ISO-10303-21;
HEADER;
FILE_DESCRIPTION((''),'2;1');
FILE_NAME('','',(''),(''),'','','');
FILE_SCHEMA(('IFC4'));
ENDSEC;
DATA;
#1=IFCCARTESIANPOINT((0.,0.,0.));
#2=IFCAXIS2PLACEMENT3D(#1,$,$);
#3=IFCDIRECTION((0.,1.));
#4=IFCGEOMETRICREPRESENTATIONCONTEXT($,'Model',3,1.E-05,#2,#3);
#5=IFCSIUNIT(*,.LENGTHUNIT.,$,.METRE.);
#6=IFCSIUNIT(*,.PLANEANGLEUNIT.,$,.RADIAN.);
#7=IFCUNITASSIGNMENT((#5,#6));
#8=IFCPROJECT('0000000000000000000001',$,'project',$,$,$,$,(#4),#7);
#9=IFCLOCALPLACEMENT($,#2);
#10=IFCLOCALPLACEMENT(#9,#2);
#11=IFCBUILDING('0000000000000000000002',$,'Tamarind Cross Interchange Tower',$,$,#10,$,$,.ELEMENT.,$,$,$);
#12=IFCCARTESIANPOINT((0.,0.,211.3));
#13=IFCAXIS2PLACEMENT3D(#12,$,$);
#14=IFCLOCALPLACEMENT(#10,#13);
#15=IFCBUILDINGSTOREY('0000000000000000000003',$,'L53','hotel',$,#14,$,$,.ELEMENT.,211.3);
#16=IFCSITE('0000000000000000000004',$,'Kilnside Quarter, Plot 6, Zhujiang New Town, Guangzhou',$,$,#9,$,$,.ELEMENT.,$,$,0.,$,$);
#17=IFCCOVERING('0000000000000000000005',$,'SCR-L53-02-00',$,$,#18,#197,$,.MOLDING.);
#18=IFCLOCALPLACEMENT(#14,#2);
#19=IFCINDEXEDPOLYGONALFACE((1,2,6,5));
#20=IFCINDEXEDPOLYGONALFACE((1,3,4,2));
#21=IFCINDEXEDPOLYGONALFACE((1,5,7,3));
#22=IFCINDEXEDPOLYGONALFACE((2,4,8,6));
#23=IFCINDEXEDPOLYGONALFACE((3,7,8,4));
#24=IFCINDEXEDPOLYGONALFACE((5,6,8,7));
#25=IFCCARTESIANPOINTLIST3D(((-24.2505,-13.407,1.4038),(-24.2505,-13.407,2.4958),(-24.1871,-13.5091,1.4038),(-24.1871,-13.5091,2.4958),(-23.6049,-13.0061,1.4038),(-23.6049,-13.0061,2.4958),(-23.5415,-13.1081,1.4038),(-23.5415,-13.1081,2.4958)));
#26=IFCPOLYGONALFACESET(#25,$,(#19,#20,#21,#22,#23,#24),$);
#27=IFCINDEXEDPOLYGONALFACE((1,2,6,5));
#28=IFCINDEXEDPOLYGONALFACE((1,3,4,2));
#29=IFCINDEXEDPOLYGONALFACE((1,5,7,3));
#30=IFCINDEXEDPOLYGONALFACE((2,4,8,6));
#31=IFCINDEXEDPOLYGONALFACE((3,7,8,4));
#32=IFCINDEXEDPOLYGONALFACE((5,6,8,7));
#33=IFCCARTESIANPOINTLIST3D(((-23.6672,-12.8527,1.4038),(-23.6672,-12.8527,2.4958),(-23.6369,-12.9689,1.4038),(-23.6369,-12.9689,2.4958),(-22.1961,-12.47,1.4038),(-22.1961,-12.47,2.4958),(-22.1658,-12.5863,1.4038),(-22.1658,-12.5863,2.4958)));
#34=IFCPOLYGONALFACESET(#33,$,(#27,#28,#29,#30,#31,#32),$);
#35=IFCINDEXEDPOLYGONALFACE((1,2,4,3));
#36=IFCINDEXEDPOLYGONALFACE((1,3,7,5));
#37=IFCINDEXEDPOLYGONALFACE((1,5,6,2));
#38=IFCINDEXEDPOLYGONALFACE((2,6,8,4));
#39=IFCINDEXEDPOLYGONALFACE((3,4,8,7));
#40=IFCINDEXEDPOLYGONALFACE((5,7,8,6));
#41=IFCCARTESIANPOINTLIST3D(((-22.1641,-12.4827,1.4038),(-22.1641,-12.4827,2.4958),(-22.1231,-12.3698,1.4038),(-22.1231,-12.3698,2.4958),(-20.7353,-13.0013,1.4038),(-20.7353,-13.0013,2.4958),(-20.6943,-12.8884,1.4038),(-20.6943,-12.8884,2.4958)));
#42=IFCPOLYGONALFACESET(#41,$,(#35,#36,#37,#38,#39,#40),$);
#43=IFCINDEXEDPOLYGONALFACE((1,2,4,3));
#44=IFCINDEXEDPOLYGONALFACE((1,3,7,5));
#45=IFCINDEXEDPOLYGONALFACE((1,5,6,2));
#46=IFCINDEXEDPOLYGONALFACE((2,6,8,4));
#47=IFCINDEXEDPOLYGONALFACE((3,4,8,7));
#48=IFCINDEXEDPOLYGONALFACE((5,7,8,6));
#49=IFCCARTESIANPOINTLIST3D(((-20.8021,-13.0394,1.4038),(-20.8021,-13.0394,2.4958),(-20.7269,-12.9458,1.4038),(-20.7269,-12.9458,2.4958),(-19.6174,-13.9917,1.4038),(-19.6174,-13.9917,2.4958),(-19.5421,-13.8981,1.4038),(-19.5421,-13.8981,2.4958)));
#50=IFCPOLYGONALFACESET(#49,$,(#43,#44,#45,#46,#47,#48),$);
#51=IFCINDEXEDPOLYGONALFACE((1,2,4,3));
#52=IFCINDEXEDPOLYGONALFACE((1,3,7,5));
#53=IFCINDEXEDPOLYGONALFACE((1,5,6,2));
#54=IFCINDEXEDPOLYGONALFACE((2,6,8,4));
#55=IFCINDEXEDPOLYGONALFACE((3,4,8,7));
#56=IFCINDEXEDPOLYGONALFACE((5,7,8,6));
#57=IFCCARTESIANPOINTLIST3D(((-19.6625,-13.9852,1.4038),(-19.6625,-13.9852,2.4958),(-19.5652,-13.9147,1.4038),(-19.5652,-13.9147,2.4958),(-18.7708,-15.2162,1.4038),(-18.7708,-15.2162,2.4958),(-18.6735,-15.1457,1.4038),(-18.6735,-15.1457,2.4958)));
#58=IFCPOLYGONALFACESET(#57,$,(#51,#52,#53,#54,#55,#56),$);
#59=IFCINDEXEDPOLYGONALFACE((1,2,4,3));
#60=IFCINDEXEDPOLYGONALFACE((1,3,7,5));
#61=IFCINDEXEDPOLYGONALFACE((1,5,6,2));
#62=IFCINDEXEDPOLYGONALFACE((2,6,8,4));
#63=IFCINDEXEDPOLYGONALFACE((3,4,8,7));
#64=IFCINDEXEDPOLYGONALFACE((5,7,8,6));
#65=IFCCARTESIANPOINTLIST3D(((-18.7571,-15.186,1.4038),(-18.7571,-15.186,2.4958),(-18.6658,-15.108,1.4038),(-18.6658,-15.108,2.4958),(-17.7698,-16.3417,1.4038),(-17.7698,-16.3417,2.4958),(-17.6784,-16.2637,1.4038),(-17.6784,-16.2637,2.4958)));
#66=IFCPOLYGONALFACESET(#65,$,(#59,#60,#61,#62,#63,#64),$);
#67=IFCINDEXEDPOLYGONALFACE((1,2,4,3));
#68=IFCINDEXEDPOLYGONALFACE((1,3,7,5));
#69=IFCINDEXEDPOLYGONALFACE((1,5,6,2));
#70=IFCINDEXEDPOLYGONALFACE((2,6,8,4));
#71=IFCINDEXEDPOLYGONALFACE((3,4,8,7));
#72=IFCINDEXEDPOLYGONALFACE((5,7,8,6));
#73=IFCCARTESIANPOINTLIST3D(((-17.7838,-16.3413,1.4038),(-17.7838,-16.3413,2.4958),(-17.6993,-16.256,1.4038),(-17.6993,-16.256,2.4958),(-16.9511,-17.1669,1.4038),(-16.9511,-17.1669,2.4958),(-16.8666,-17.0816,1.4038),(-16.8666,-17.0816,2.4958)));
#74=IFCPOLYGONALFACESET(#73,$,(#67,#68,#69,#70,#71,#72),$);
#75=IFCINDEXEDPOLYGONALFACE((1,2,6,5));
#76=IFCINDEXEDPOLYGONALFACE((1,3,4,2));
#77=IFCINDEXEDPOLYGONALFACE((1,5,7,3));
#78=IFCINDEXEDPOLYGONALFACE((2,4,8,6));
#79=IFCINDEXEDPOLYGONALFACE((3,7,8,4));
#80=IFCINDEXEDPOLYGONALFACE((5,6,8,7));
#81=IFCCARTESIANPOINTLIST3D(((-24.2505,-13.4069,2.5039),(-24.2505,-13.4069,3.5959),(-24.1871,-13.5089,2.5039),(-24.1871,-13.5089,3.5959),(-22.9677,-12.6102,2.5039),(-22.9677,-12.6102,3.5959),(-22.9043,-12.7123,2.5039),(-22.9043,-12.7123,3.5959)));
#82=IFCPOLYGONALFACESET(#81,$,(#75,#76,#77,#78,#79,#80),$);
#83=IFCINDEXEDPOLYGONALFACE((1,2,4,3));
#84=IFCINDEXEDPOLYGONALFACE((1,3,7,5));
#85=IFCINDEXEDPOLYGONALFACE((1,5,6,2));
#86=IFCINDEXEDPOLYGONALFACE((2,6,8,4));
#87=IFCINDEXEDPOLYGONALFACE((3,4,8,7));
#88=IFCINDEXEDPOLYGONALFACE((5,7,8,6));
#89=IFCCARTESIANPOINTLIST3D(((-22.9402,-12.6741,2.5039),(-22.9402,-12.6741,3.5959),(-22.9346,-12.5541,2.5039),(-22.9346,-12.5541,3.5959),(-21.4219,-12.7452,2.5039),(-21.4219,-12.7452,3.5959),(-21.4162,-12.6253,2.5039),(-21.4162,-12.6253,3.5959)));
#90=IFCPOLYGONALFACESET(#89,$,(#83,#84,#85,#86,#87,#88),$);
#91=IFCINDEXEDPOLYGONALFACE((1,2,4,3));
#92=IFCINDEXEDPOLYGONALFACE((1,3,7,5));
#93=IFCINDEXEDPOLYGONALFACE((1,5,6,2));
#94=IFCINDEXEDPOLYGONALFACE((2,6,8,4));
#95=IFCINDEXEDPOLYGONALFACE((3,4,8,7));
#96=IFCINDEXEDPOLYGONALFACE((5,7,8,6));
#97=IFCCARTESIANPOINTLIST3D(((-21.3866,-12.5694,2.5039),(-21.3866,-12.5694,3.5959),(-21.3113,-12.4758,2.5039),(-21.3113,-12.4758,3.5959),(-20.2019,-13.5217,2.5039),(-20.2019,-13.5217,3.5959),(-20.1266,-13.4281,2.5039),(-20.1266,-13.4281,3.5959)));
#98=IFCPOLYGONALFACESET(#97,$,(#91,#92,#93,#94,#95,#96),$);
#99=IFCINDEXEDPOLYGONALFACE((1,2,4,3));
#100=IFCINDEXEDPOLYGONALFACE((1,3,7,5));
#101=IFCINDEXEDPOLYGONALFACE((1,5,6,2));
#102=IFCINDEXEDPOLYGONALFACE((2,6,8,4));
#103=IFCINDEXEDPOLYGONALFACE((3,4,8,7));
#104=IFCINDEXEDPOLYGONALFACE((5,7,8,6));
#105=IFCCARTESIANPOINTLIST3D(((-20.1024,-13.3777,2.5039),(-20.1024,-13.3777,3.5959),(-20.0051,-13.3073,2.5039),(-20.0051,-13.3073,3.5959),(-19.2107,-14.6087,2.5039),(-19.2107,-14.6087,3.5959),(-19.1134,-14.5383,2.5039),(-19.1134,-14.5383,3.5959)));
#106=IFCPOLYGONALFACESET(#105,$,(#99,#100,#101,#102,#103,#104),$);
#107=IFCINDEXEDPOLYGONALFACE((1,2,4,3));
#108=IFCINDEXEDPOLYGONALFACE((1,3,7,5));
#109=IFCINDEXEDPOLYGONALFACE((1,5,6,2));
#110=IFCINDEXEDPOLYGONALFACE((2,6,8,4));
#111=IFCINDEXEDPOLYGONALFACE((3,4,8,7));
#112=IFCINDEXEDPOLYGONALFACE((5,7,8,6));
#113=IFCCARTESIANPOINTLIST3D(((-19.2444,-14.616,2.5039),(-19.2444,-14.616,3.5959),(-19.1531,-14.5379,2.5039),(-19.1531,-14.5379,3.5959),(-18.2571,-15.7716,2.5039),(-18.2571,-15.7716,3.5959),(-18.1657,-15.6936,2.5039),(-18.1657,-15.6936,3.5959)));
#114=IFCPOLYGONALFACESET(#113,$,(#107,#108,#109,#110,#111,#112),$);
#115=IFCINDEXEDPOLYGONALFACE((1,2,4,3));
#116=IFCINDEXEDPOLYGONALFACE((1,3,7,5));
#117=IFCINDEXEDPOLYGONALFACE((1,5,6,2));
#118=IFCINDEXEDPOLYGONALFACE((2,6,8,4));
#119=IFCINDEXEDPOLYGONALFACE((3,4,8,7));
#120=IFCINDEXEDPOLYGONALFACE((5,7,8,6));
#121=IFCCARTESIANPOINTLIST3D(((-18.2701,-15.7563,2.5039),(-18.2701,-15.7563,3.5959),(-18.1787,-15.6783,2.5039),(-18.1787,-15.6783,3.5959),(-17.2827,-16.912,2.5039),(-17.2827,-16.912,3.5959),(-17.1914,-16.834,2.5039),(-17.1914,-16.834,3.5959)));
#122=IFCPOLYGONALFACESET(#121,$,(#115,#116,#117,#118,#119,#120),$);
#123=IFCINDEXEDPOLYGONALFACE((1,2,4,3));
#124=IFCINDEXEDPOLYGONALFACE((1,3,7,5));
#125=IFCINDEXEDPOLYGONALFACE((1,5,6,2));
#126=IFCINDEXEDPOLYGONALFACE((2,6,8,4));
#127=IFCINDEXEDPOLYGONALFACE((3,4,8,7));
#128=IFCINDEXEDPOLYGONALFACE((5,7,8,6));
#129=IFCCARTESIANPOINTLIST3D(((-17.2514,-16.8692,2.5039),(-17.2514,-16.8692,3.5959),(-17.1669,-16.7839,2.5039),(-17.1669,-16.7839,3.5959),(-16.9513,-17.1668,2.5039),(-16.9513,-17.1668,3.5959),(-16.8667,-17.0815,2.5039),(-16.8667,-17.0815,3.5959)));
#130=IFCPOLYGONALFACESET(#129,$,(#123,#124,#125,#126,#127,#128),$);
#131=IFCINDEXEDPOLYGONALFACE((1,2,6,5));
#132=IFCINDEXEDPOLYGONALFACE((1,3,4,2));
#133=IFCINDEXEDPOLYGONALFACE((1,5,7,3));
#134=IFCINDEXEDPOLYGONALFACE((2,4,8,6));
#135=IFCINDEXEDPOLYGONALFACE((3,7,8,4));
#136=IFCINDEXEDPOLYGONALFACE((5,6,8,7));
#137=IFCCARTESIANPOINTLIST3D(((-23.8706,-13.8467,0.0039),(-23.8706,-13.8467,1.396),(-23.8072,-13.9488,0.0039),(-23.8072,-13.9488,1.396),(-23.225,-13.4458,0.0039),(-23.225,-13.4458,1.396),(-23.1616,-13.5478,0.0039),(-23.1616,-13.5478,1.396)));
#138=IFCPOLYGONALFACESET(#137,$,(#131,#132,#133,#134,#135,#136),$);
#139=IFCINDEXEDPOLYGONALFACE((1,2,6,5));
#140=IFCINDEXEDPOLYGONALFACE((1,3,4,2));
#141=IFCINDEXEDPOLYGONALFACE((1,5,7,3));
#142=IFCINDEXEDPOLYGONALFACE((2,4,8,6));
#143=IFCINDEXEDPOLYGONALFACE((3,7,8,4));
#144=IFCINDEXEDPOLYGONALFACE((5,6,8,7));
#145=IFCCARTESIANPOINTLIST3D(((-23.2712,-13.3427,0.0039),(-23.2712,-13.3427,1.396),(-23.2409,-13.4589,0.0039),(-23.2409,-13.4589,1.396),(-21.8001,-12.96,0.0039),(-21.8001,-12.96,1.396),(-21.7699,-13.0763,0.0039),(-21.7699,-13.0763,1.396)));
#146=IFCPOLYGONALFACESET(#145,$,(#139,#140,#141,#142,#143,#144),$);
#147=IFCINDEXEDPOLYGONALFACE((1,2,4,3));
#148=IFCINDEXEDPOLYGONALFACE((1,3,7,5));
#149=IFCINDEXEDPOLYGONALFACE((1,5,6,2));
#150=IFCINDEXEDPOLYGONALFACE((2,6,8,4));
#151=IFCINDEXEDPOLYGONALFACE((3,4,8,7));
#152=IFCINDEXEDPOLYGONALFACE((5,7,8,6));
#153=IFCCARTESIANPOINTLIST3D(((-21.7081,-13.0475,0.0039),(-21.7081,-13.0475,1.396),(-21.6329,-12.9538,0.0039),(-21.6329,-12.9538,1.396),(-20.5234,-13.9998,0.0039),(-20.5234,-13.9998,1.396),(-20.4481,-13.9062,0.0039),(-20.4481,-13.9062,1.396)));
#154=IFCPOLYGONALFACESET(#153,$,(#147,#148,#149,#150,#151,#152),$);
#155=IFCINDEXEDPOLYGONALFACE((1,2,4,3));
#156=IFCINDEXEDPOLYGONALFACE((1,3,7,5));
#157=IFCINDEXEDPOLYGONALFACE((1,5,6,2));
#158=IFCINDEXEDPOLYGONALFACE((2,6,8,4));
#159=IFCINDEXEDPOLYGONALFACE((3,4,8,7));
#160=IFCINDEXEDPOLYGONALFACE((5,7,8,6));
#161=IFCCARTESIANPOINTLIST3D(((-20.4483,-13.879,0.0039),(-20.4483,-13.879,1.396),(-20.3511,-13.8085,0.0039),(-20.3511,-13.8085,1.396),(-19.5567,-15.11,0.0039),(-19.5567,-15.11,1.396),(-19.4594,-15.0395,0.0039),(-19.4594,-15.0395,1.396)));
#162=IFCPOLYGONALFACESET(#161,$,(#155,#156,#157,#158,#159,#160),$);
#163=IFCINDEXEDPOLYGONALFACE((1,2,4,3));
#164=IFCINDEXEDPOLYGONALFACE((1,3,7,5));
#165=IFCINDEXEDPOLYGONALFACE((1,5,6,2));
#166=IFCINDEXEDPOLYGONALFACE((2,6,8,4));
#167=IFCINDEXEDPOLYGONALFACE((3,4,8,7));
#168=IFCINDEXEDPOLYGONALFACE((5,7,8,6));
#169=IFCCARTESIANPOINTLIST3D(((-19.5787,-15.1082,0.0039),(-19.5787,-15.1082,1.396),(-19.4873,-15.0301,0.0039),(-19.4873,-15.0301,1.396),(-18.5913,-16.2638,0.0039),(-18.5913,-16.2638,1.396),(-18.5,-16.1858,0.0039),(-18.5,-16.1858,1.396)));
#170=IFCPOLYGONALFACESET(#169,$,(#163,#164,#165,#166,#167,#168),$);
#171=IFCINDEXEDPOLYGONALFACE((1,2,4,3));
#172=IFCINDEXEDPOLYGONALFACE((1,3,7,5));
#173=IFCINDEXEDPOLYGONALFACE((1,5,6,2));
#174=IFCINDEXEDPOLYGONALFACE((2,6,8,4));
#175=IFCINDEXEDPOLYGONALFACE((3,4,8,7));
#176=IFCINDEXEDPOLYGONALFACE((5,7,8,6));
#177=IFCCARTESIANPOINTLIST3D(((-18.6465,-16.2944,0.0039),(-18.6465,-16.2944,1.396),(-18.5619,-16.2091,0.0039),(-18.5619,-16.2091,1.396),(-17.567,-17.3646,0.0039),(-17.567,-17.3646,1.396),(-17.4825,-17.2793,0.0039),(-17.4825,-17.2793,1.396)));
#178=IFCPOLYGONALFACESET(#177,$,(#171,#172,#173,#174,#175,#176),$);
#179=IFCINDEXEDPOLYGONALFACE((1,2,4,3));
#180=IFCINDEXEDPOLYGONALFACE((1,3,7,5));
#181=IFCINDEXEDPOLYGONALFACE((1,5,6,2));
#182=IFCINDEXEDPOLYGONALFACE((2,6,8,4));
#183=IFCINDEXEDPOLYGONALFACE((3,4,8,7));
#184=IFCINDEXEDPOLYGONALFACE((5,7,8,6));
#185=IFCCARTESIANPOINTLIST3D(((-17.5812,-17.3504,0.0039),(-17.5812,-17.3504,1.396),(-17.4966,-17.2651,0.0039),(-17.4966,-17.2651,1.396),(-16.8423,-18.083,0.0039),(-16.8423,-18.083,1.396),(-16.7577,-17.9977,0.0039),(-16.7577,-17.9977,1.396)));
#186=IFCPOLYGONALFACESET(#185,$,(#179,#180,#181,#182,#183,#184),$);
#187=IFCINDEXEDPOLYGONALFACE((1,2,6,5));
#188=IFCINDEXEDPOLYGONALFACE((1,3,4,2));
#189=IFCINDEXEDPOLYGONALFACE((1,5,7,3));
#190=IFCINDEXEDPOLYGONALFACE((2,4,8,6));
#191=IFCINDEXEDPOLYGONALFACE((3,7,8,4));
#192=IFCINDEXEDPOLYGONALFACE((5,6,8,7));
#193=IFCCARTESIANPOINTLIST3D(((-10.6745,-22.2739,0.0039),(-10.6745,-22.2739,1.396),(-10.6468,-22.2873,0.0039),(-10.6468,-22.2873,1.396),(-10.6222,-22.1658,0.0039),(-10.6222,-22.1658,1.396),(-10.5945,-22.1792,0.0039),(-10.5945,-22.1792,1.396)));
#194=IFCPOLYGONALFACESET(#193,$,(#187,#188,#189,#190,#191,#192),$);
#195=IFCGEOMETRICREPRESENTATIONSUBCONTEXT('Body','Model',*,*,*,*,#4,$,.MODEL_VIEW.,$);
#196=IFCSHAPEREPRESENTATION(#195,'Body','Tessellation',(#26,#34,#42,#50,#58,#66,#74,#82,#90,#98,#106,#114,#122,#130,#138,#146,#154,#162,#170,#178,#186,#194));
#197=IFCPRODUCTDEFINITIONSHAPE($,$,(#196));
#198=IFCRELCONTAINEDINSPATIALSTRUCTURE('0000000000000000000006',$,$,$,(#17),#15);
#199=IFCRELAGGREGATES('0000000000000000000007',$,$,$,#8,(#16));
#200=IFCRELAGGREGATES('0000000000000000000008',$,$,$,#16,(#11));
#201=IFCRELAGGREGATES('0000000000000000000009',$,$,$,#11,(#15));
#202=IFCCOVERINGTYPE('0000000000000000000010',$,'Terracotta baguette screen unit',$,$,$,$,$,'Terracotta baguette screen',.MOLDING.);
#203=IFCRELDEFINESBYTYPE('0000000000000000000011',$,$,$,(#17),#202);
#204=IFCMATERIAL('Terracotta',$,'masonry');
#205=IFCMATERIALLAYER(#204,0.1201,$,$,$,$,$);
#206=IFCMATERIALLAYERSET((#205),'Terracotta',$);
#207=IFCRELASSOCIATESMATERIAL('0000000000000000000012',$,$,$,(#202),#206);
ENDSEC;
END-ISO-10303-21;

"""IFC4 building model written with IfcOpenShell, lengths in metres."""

from ifc_helpers import new_model, si_unit, direction, frame, origin, origin_2d, place, context, subcontext, project, spatial, rectangle, extrude, material, layer, layer_set, type_object, element, save


model = new_model("IFC4")

# Units and contexts
model_context = context("Model", 3, precision=1e-05, world=origin(), true_north=direction((0.0, 1.0)))
body_context = subcontext(model_context, "Body", "Model", "MODEL_VIEW")
ifc_project = project(units=[si_unit("LENGTHUNIT", "METRE"), si_unit("PLANEANGLEUNIT", "RADIAN")], contexts=[model_context])

# Site, building, storey
site_placement = place(None, origin())
site = spatial("IfcSite", under=ifc_project, at=site_placement, Name="Kilnside Quarter, Plot 6, Zhujiang New Town, Guangzhou", CompositionType="ELEMENT", RefElevation=0.0)
building_placement = place(site_placement, origin())
building = spatial("IfcBuilding", under=site, at=building_placement, Name="Tamarind Cross Interchange Tower", CompositionType="ELEMENT")
storey_placement = place(building_placement, frame((0.0, 0.0, 211.3)))
storey = spatial("IfcBuildingStorey", under=building, at=storey_placement, Name="L53", Description="hotel", CompositionType="ELEMENT", Elevation=211.3)

# Covering
ifc_material_1 = material(Name="Terracotta", Category="masonry")
ifc_layer_1 = layer(ifc_material_1, 0.1201)
ifc_layer_set_1 = layer_set([ifc_layer_1], Name="Terracotta")
covering_type = type_object("IfcCoveringType", Name="Terracotta baguette screen unit", ElementType="Terracotta baguette screen", PredefinedType="MOLDING", material=ifc_layer_set_1)
covering_1_placement = place(storey_placement, origin())
element("IfcCovering", 1, at=covering_1_placement, inside=storey, type_object=covering_type, Name="SCR-L53-02-00", PredefinedType="MOLDING", context=body_context, shape_type="SweptSolid", body=[
    extrude(rectangle(XDim=0.76, YDim=0.1201, at=origin_2d()), frame((-23.896, -13.2576, 1.4038), z_axis=(0.0, 0.0, 1.0), x_axis=(0.849503, 0.527584, 0.0)), (0.0, 0.0, 1.0), 1.092),
    extrude(rectangle(XDim=1.52, YDim=0.1201, at=origin_2d()), frame((-22.9165, -12.7195, 1.4038), z_axis=(0.0, 0.0, 1.0), x_axis=(0.967801, 0.251718, 0.0)), (0.0, 0.0, 1.0), 1.092),
    extrude(rectangle(XDim=1.52, YDim=0.1201, at=origin_2d()), frame((-21.4292, -12.6855, 1.4038), z_axis=(0.0, 0.0, 1.0), x_axis=(0.940007, -0.341155, 0.0)), (0.0, 0.0, 1.0), 1.092),
    extrude(rectangle(XDim=1.52, YDim=0.1201, at=origin_2d()), frame((-20.1721, -13.4688, 1.4038), z_axis=(0.0, 0.0, 1.0), x_axis=(0.779413, -0.626511, 0.0)), (0.0, 0.0, 1.0), 1.092),
    extrude(rectangle(XDim=1.52, YDim=0.1201, at=origin_2d()), frame((-19.168, -14.5654, 1.4038), z_axis=(0.0, 0.0, 1.0), x_axis=(0.586629, -0.809856, 0.0)), (0.0, 0.0, 1.0), 1.092),
    extrude(rectangle(XDim=1.52, YDim=0.1201, at=origin_2d()), frame((-18.2178, -15.7249, 1.4038), z_axis=(0.0, 0.0, 1.0), x_axis=(0.649577, -0.760296, 0.0)), (0.0, 0.0, 1.0), 1.092),
    extrude(rectangle(XDim=1.1726, YDim=0.1201, at=origin_2d()), frame((-17.3252, -16.7114, 1.4038), z_axis=(0.0, 0.0, 1.0), x_axis=(0.710143, -0.704057, 0.0)), (0.0, 0.0, 1.0), 1.092),
    extrude(rectangle(XDim=1.51, YDim=0.1201, at=origin_2d()), frame((-23.5774, -13.0596, 2.5039), z_axis=(0.0, 0.0, 1.0), x_axis=(0.849503, 0.527584, 0.0)), (0.0, 0.0, 1.0), 1.092),
    extrude(rectangle(XDim=1.52, YDim=0.1201, at=origin_2d()), frame((-22.1782, -12.6497, 2.5039), z_axis=(0.0, 0.0, 1.0), x_axis=(0.998903, -0.046828, 0.0)), (0.0, 0.0, 1.0), 1.092),
    extrude(rectangle(XDim=1.52, YDim=0.1201, at=origin_2d()), frame((-20.7566, -12.9988, 2.5039), z_axis=(0.0, 0.0, 1.0), x_axis=(0.779413, -0.626511, 0.0)), (0.0, 0.0, 1.0), 1.092),
    extrude(rectangle(XDim=1.52, YDim=0.1201, at=origin_2d()), frame((-19.6079, -13.958, 2.5039), z_axis=(0.0, 0.0, 1.0), x_axis=(0.586629, -0.809856, 0.0)), (0.0, 0.0, 1.0), 1.092),
    extrude(rectangle(XDim=1.52, YDim=0.1201, at=origin_2d()), frame((-18.7051, -15.1548, 2.5039), z_axis=(0.0, 0.0, 1.0), x_axis=(0.649577, -0.760296, 0.0)), (0.0, 0.0, 1.0), 1.092),
    extrude(rectangle(XDim=1.52, YDim=0.1201, at=origin_2d()), frame((-17.7307, -16.2952, 2.5039), z_axis=(0.0, 0.0, 1.0), x_axis=(0.649577, -0.760296, 0.0)), (0.0, 0.0, 1.0), 1.092),
    extrude(rectangle(XDim=0.4226, YDim=0.1201, at=origin_2d()), frame((-17.0591, -16.9753, 2.5039), z_axis=(0.0, 0.0, 1.0), x_axis=(0.710143, -0.704057, 0.0)), (0.0, 0.0, 1.0), 1.092),
    extrude(rectangle(XDim=0.76, YDim=0.1201, at=origin_2d()), frame((-23.5161, -13.6973, 0.0039), z_axis=(0.0, 0.0, 1.0), x_axis=(0.849503, 0.527584, 0.0)), (0.0, 0.0, 1.0), 1.3921),
    extrude(rectangle(XDim=1.52, YDim=0.1201, at=origin_2d()), frame((-22.5205, -13.2095, 0.0039), z_axis=(0.0, 0.0, 1.0), x_axis=(0.967801, 0.251718, 0.0)), (0.0, 0.0, 1.0), 1.3921),
    extrude(rectangle(XDim=1.52, YDim=0.1201, at=origin_2d()), frame((-21.0781, -13.4768, 0.0039), z_axis=(0.0, 0.0, 1.0), x_axis=(0.779413, -0.626511, 0.0)), (0.0, 0.0, 1.0), 1.3921),
    extrude(rectangle(XDim=1.52, YDim=0.1201, at=origin_2d()), frame((-19.9539, -14.4592, 0.0039), z_axis=(0.0, 0.0, 1.0), x_axis=(0.586629, -0.809856, 0.0)), (0.0, 0.0, 1.0), 1.3921),
    extrude(rectangle(XDim=1.52, YDim=0.1201, at=origin_2d()), frame((-19.0393, -15.647, 0.0039), z_axis=(0.0, 0.0, 1.0), x_axis=(0.649577, -0.760296, 0.0)), (0.0, 0.0, 1.0), 1.3921),
    extrude(rectangle(XDim=1.52, YDim=0.1201, at=origin_2d()), frame((-18.0645, -16.7869, 0.0039), z_axis=(0.0, 0.0, 1.0), x_axis=(0.710143, -0.704057, 0.0)), (0.0, 0.0, 1.0), 1.3921),
    extrude(rectangle(XDim=1.0405, YDim=0.1201, at=origin_2d()), frame((-17.1694, -17.6741, 0.0039), z_axis=(0.0, 0.0, 1.0), x_axis=(0.710143, -0.704057, 0.0)), (0.0, 0.0, 1.0), 1.3921),
    extrude(rectangle(XDim=0.0308, YDim=0.1201, at=origin_2d()), frame((-10.6345, -22.2266, 0.0039), z_axis=(0.0, 0.0, 1.0), x_axis=(0.900273, -0.435326, 0.0)), (0.0, 0.0, 1.0), 1.3921),
])

save(model, "model.ifc")
